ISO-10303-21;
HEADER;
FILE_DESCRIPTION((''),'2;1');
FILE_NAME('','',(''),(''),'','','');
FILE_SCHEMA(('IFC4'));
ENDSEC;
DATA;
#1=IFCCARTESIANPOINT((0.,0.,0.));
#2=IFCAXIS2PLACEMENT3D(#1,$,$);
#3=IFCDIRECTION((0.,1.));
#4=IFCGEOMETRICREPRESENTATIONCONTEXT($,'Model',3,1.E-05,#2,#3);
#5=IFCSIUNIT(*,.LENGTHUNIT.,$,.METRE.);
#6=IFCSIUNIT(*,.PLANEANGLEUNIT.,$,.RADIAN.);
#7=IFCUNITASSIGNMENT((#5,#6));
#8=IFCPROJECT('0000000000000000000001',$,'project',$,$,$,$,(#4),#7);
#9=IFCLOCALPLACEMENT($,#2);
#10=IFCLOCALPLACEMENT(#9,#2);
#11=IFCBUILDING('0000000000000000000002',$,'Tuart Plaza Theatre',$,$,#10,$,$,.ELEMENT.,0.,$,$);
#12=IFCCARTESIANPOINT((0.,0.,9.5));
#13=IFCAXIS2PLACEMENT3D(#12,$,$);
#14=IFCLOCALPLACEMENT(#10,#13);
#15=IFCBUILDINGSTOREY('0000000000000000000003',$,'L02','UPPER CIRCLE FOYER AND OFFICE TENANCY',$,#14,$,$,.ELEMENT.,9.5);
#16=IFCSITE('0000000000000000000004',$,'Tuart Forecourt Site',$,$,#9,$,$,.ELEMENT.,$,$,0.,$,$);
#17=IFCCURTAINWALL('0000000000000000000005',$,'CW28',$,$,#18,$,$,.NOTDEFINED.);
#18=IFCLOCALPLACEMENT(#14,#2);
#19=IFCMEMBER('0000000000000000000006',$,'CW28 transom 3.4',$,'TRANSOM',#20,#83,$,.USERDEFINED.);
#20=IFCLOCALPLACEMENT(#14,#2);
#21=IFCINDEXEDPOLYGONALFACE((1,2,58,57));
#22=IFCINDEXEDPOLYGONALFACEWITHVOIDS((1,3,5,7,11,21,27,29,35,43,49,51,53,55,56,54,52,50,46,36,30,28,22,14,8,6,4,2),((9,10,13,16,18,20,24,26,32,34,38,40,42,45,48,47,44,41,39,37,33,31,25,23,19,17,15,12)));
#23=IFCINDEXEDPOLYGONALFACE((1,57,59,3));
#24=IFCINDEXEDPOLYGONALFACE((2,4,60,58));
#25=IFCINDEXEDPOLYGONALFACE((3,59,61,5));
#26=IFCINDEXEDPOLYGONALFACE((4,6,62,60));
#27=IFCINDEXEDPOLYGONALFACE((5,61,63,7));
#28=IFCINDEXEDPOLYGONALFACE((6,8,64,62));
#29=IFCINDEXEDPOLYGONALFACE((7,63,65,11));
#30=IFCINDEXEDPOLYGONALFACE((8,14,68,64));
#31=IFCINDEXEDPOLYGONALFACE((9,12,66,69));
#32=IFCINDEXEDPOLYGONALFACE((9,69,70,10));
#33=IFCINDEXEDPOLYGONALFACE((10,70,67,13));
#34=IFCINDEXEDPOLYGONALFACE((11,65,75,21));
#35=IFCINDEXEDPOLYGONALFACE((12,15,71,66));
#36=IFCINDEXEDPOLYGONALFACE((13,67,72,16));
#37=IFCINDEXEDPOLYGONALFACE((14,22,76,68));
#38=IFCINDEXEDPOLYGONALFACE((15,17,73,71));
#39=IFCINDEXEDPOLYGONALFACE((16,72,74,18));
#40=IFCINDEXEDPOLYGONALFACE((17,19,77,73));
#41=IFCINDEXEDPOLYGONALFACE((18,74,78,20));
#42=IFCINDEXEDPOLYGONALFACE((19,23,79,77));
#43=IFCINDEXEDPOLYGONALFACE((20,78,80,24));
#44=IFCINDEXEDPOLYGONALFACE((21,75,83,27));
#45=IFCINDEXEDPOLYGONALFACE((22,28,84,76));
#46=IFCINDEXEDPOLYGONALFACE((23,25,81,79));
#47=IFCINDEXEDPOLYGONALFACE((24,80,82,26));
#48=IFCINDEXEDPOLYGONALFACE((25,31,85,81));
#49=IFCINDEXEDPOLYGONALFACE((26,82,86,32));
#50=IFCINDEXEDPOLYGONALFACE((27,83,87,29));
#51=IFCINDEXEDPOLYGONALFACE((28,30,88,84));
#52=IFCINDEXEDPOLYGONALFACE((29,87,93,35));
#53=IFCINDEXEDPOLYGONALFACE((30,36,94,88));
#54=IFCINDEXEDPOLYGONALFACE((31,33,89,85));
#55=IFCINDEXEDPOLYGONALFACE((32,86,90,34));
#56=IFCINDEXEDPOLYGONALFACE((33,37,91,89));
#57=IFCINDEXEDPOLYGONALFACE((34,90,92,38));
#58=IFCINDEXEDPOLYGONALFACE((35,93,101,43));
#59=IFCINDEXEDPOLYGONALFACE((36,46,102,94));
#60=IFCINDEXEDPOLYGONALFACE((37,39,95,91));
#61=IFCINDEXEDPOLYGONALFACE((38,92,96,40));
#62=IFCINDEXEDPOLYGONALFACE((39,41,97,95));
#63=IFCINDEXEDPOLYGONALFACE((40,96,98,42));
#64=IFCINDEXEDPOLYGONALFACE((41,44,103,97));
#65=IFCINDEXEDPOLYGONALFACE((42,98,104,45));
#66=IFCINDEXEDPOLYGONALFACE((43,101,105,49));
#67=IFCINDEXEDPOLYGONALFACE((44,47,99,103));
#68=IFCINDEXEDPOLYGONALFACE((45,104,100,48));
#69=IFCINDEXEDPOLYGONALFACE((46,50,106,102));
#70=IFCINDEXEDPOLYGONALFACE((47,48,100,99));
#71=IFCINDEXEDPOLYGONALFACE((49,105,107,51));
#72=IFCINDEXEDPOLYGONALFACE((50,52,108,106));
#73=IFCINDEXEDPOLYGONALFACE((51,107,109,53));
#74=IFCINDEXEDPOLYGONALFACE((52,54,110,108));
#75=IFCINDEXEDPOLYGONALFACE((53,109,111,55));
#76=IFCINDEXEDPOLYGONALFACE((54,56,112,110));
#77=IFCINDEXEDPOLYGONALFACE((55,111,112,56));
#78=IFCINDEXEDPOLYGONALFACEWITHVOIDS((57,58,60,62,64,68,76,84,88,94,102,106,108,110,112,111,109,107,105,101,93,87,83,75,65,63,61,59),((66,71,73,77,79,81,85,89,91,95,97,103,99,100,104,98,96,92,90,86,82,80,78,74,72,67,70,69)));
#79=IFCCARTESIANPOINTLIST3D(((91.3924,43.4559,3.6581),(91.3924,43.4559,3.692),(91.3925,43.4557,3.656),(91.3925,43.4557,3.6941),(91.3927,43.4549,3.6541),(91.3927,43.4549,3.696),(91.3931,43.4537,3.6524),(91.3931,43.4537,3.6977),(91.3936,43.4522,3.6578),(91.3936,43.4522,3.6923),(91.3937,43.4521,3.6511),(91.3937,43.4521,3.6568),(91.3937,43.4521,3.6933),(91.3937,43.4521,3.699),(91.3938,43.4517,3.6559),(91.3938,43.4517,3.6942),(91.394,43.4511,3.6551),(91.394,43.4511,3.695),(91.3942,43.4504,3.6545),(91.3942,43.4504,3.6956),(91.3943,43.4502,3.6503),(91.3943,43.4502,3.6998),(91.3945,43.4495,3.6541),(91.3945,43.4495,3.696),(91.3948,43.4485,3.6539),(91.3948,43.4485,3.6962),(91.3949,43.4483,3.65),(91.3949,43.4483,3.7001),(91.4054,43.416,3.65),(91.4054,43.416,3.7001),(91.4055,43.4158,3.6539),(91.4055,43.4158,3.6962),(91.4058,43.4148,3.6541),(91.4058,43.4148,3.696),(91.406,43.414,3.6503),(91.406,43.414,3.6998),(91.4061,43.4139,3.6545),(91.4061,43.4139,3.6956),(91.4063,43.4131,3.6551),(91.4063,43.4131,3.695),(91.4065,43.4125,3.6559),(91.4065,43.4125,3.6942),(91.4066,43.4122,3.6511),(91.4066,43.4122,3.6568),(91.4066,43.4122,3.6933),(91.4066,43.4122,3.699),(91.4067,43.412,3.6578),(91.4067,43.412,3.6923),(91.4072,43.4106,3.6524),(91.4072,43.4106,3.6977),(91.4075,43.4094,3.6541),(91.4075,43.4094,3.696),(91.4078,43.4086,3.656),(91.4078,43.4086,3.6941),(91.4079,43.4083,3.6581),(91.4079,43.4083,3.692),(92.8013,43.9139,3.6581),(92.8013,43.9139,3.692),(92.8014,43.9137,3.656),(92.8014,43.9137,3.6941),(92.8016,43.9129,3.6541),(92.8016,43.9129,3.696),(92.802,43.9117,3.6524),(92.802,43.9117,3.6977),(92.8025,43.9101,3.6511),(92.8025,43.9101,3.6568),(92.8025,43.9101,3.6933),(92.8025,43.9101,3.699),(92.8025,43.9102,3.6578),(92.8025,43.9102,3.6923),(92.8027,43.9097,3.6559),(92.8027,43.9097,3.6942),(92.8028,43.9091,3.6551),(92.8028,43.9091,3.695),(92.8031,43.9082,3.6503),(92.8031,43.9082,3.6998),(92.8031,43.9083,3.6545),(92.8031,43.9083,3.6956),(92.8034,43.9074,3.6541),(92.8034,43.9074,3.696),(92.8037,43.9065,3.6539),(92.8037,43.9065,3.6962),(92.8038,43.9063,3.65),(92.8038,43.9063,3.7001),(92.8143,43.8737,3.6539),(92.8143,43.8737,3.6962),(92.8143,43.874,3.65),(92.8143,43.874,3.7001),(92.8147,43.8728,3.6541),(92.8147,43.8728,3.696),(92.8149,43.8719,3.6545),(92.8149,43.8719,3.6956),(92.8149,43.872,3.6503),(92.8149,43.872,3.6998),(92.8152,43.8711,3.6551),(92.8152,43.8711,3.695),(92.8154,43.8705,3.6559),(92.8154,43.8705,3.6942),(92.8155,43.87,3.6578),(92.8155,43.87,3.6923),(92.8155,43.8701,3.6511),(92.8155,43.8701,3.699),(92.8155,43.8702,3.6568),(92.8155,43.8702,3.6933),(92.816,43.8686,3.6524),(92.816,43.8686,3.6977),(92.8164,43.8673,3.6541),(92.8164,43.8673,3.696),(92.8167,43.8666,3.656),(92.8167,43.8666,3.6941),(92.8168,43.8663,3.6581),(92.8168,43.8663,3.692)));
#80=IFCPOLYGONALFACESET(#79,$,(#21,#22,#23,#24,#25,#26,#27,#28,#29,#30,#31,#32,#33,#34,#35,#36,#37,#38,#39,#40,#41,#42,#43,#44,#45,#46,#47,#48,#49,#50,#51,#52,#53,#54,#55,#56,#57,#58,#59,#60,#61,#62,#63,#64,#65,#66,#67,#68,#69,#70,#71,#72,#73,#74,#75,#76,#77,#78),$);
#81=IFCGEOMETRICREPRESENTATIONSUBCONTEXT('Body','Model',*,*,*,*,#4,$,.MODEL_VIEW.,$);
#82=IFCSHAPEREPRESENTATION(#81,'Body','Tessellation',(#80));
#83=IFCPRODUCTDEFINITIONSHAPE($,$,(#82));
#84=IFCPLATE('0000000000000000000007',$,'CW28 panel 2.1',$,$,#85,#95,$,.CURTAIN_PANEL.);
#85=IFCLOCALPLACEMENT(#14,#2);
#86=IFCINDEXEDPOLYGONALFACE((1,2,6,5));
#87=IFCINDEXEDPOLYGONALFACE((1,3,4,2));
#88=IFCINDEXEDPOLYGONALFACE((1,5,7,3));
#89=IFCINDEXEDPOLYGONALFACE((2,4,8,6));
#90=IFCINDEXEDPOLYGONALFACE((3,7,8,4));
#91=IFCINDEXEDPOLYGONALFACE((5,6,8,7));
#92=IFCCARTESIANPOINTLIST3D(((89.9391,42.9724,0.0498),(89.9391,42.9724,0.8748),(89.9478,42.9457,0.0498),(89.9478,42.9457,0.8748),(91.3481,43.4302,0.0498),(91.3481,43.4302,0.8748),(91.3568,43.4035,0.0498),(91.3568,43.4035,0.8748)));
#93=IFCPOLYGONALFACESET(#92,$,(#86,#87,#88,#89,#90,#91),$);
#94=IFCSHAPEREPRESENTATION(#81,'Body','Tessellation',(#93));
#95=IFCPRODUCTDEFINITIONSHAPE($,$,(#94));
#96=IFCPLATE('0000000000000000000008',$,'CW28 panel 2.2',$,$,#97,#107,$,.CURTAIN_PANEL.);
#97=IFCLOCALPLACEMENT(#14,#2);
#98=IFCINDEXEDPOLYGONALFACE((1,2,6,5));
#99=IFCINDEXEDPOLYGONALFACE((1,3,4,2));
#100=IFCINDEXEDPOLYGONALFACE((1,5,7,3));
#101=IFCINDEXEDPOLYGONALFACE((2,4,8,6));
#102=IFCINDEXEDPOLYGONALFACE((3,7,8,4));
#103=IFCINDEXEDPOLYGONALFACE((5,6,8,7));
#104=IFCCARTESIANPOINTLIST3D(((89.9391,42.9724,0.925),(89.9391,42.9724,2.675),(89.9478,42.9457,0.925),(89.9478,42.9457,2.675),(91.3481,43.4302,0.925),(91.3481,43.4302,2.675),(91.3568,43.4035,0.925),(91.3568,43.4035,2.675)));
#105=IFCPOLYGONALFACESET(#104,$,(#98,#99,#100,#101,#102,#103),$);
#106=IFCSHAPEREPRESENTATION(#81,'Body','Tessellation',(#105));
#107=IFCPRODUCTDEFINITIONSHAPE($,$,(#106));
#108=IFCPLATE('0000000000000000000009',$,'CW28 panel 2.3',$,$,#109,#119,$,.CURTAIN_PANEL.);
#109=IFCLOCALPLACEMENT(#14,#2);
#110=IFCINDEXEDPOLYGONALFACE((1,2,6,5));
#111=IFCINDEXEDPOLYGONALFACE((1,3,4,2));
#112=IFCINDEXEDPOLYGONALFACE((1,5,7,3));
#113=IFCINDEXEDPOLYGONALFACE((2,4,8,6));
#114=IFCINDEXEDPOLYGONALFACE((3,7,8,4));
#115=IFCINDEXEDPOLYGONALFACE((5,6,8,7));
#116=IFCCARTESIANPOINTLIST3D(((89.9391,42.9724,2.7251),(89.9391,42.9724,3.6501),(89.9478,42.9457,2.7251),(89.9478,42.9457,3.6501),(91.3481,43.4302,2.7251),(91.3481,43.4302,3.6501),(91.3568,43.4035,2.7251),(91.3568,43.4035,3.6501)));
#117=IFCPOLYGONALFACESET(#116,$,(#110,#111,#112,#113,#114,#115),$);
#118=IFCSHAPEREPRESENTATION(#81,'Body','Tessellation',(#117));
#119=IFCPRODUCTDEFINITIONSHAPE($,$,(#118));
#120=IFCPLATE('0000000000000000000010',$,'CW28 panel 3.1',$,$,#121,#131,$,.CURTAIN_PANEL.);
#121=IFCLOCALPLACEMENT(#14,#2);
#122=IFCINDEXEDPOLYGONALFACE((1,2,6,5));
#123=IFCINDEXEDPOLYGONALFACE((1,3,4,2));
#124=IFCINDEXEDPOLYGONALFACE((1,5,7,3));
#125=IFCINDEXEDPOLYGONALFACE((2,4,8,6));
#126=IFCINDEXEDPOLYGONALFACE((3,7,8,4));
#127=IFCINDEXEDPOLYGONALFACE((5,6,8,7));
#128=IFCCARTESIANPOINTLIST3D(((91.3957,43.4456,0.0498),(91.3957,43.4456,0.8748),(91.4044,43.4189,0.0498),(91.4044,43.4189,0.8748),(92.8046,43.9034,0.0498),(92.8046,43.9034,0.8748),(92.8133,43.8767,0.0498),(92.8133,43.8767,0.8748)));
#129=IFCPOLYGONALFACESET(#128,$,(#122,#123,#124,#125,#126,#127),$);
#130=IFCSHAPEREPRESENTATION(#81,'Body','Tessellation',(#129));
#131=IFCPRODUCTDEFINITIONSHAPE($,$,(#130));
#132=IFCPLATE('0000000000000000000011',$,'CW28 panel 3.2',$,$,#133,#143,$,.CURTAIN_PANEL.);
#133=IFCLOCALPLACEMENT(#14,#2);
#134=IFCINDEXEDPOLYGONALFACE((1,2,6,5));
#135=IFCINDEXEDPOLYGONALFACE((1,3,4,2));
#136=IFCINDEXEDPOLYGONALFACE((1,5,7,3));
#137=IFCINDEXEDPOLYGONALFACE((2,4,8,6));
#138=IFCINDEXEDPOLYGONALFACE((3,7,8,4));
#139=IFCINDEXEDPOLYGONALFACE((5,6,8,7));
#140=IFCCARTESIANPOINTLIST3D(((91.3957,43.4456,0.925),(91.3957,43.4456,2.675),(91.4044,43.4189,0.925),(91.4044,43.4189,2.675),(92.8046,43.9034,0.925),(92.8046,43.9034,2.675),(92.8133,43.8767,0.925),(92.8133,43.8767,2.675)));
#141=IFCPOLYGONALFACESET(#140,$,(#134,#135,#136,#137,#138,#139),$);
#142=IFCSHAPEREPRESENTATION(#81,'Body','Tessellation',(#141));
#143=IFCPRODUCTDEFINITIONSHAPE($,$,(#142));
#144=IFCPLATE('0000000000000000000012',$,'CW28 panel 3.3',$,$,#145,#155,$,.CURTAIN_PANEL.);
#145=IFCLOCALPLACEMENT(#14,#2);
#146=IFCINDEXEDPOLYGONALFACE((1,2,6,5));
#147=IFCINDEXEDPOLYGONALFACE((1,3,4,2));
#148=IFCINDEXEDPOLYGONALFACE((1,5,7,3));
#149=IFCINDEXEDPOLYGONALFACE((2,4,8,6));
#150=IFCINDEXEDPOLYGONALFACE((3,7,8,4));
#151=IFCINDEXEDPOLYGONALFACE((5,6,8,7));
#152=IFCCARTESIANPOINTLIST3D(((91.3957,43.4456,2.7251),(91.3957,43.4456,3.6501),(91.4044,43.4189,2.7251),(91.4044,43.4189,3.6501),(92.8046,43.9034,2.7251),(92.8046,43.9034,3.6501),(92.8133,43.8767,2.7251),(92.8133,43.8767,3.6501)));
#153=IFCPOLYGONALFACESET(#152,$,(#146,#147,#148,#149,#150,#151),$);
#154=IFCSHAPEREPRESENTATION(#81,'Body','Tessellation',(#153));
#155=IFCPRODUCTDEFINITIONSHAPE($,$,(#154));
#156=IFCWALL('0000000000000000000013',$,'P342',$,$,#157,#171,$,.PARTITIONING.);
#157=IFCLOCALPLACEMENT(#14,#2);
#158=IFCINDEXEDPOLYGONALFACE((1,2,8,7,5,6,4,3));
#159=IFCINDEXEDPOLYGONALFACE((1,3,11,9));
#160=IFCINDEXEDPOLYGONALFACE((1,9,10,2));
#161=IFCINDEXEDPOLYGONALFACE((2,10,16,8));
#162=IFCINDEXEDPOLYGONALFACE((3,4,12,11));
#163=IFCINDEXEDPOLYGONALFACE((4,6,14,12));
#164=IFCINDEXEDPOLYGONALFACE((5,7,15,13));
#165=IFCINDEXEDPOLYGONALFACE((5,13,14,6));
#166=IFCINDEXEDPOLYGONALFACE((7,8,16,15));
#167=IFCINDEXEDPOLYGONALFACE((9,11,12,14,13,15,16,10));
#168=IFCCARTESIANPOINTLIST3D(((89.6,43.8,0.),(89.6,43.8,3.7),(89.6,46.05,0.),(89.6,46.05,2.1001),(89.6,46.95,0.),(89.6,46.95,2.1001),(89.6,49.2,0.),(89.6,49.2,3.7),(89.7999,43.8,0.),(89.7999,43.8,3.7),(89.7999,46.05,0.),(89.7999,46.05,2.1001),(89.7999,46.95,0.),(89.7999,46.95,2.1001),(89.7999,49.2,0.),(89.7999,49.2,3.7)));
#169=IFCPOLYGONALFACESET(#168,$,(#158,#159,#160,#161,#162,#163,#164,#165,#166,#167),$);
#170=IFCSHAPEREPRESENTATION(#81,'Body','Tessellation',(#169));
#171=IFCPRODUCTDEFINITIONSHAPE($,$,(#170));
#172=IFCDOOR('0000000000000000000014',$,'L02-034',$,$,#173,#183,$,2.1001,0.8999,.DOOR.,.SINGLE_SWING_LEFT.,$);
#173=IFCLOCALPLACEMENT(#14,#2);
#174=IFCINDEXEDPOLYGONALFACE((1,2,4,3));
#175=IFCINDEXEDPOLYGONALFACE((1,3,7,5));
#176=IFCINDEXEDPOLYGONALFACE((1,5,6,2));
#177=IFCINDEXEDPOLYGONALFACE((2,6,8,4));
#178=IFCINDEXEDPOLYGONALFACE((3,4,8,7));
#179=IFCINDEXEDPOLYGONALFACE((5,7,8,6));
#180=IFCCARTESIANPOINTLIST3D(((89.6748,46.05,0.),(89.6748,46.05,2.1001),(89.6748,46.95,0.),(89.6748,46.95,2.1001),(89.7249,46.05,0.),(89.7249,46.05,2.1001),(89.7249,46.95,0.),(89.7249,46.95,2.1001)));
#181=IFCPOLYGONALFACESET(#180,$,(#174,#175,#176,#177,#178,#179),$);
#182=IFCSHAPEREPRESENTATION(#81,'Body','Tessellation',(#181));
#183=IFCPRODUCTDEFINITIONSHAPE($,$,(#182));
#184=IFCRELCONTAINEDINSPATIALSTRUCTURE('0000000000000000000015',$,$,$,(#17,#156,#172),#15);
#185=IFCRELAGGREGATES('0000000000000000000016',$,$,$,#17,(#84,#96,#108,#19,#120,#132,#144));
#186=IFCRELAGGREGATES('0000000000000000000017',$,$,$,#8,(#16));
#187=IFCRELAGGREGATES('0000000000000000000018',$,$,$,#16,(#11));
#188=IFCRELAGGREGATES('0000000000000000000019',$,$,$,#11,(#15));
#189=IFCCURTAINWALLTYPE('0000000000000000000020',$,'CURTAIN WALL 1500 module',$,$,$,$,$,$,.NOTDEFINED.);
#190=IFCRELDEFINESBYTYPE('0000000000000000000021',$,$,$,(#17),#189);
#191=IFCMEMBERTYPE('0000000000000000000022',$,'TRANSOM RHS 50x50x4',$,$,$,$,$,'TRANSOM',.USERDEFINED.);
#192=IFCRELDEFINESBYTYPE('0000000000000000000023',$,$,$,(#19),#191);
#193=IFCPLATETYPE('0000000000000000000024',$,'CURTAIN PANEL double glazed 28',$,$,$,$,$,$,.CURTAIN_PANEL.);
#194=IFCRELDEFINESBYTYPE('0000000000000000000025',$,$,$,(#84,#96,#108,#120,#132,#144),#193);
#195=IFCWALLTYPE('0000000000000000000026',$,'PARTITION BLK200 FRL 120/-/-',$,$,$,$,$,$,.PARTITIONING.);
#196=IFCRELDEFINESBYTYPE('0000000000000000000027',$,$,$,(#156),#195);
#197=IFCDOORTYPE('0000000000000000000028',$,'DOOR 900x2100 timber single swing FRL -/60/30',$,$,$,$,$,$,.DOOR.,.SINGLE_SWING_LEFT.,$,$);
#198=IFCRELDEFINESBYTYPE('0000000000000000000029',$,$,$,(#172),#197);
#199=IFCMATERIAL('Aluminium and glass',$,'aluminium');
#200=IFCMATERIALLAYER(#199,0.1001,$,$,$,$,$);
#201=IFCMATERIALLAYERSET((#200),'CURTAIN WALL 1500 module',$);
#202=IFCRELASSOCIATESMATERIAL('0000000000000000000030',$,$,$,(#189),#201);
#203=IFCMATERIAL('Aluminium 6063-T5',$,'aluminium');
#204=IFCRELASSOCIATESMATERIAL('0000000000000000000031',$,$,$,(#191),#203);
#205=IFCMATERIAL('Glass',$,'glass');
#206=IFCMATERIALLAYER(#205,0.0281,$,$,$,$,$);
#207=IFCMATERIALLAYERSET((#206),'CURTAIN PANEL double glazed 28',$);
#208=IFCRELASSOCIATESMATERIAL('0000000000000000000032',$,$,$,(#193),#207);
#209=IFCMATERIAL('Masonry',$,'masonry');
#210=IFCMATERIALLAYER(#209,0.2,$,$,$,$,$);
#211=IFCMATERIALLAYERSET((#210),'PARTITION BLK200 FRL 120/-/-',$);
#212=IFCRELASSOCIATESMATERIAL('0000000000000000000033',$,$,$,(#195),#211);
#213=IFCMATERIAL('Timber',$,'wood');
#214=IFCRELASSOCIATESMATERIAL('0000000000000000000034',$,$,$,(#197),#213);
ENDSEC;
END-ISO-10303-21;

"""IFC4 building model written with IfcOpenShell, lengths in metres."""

from ifc_helpers import new_model, si_unit, direction, frame, frame_2d, origin, origin_2d, place, context, subcontext, project, spatial, rectangle, hollow_rectangle, extrude, material, layer, layer_set, material_profile, profile_set, type_object, element, fill, aggregate, save


model = new_model("IFC4")

# Units and contexts
model_context = context("Model", 3, precision=1e-05, world=origin(), true_north=direction((0.0, 1.0)))
body_context = subcontext(model_context, "Body", "Model", "MODEL_VIEW")
ifc_project = project(units=[si_unit("LENGTHUNIT", "METRE"), si_unit("PLANEANGLEUNIT", "RADIAN")], contexts=[model_context])

# Site, building, storey
site_placement = place(None, origin())
site = spatial("IfcSite", under=ifc_project, at=site_placement, Name="Tuart Forecourt Site", CompositionType="ELEMENT", RefElevation=0.0)
building_placement = place(site_placement, origin())
building = spatial("IfcBuilding", under=site, at=building_placement, Name="Tuart Plaza Theatre", CompositionType="ELEMENT", ElevationOfRefHeight=0.0)
storey_placement = place(building_placement, frame((0.0, 0.0, 9.5)))
storey = spatial("IfcBuildingStorey", under=building, at=storey_placement, Name="L02", Description="UPPER CIRCLE FOYER AND OFFICE TENANCY", CompositionType="ELEMENT", Elevation=9.5)

# Curtain wall, member, plates
ifc_material_1 = material(Name="Aluminium and glass", Category="aluminium")
ifc_layer_1 = layer(ifc_material_1, 0.1001)
ifc_layer_set_1 = layer_set([ifc_layer_1], Name="CURTAIN WALL 1500 module")
curtain_wall_type = type_object("IfcCurtainWallType", Name="CURTAIN WALL 1500 module", PredefinedType="NOTDEFINED", material=ifc_layer_set_1)
curtain_wall_placement = place(storey_placement, origin())
curtain_wall = element("IfcCurtainWall", 1, at=curtain_wall_placement, inside=storey, type_object=curtain_wall_type, Name="CW28", PredefinedType="NOTDEFINED")
ifc_material_2 = material(Name="Aluminium 6063-T5", Category="aluminium")
ifc_material_profile_1 = material_profile(ifc_material_2, hollow_rectangle(XDim=0.05, YDim=0.05, WallThickness=0.0039, InnerFilletRadius=0.0039, OuterFilletRadius=0.0081, at=origin_2d()), Name="RHS 50x50x4")
ifc_profile_set_1 = profile_set([ifc_material_profile_1], Name="Aluminium 6063-T5")
member_type_1 = type_object("IfcMemberType", Name="TRANSOM RHS 50x50x4", ElementType="TRANSOM", PredefinedType="USERDEFINED", material=ifc_profile_set_1)
member_1_placement = place(storey_placement, frame((91.4001, 43.4321, 3.675), z_axis=(0.951013, 0.309149, 0.0), x_axis=(-0.309149, 0.951013, 0.0)))
member_1 = element("IfcMember", 2, at=member_1_placement, type_object=member_type_1, Name="CW28 transom 3.4", ObjectType="TRANSOM", PredefinedType="USERDEFINED", context=body_context, shape_type="SweptSolid", body=[
    extrude(hollow_rectangle(XDim=0.05, YDim=0.05, WallThickness=0.0039, InnerFilletRadius=0.0039, OuterFilletRadius=0.0081, at=origin_2d()), origin(), (0.0, 0.0, 1.0), 1.4814),
])
ifc_material_3 = material(Name="Glass", Category="glass")
ifc_layer_2 = layer(ifc_material_3, 0.0281)
ifc_layer_set_2 = layer_set([ifc_layer_2], Name="CURTAIN PANEL double glazed 28")
plate_type = type_object("IfcPlateType", Name="CURTAIN PANEL double glazed 28", PredefinedType="CURTAIN_PANEL", material=ifc_layer_set_2)
plate_1_placement = place(storey_placement, frame((90.6479, 43.188, 0.0498), z_axis=(0.0, 0.0, 1.0), x_axis=(0.951056, 0.309018, 0.0)))
plate_1 = element("IfcPlate", 3, at=plate_1_placement, type_object=plate_type, Name="CW28 panel 2.1", PredefinedType="CURTAIN_PANEL", context=body_context, shape_type="SweptSolid", body=[
    extrude(rectangle(XDim=1.4814, YDim=0.0281, at=origin_2d()), origin(), (0.0, 0.0, 1.0), 0.825),
])
plate_2_placement = place(storey_placement, frame((90.6479, 43.188, 0.925), z_axis=(0.0, 0.0, 1.0), x_axis=(0.951056, 0.309018, 0.0)))
plate_2 = element("IfcPlate", 4, at=plate_2_placement, type_object=plate_type, Name="CW28 panel 2.2", PredefinedType="CURTAIN_PANEL", context=body_context, shape_type="SweptSolid", body=[
    extrude(rectangle(XDim=1.4814, YDim=0.0281, at=origin_2d()), origin(), (0.0, 0.0, 1.0), 1.75),
])
plate_3_placement = place(storey_placement, frame((90.6479, 43.188, 2.7251), z_axis=(0.0, 0.0, 1.0), x_axis=(0.951056, 0.309018, 0.0)))
plate_3 = element("IfcPlate", 5, at=plate_3_placement, type_object=plate_type, Name="CW28 panel 2.3", PredefinedType="CURTAIN_PANEL", context=body_context, shape_type="SweptSolid", body=[
    extrude(rectangle(XDim=1.4814, YDim=0.0281, at=origin_2d()), origin(), (0.0, 0.0, 1.0), 0.925),
])
plate_4_placement = place(storey_placement, frame((92.1045, 43.6611, 0.0498), z_axis=(0.0, 0.0, 1.0), x_axis=(0.951056, 0.309018, 0.0)))
plate_4 = element("IfcPlate", 6, at=plate_4_placement, type_object=plate_type, Name="CW28 panel 3.1", PredefinedType="CURTAIN_PANEL", context=body_context, shape_type="SweptSolid", body=[
    extrude(rectangle(XDim=1.4814, YDim=0.0281, at=origin_2d()), origin(), (0.0, 0.0, 1.0), 0.825),
])
plate_5_placement = place(storey_placement, frame((92.1045, 43.6611, 0.925), z_axis=(0.0, 0.0, 1.0), x_axis=(0.951056, 0.309018, 0.0)))
plate_5 = element("IfcPlate", 7, at=plate_5_placement, type_object=plate_type, Name="CW28 panel 3.2", PredefinedType="CURTAIN_PANEL", context=body_context, shape_type="SweptSolid", body=[
    extrude(rectangle(XDim=1.4814, YDim=0.0281, at=origin_2d()), origin(), (0.0, 0.0, 1.0), 1.75),
])
plate_6_placement = place(storey_placement, frame((92.1045, 43.6611, 2.7251), z_axis=(0.0, 0.0, 1.0), x_axis=(0.951056, 0.309018, 0.0)))
plate_6 = element("IfcPlate", 8, at=plate_6_placement, type_object=plate_type, Name="CW28 panel 3.3", PredefinedType="CURTAIN_PANEL", context=body_context, shape_type="SweptSolid", body=[
    extrude(rectangle(XDim=1.4814, YDim=0.0281, at=origin_2d()), origin(), (0.0, 0.0, 1.0), 0.925),
])
aggregate(curtain_wall, [plate_1, plate_2, plate_3, member_1, plate_4, plate_5, plate_6])

# Wall, opening, door
ifc_material_4 = material(Name="Masonry", Category="masonry")
ifc_layer_3 = layer(ifc_material_4, 0.2)
ifc_layer_set_3 = layer_set([ifc_layer_3], Name="PARTITION BLK200 FRL 120/-/-")
wall_type = type_object("IfcWallType", Name="PARTITION BLK200 FRL 120/-/-", PredefinedType="PARTITIONING", material=ifc_layer_set_3)
wall_1_placement = place(storey_placement, frame((89.7, 43.8, 0.0), z_axis=(0.0, 0.0, 1.0), x_axis=(0.0, 1.0, 0.0)))
wall_1 = element("IfcWall", 9, at=wall_1_placement, inside=storey, type_object=wall_type, Name="P342", PredefinedType="PARTITIONING", context=body_context, shape_type="SweptSolid", body=[
    extrude(rectangle(XDim=5.3999, YDim=0.2, at=frame_2d((2.7, 0.0))), origin(), (0.0, 0.0, 1.0), 3.7),
])
opening_placement = place(wall_1_placement, frame((2.25, 0.0, 0.0)))
opening = element("IfcOpeningElement", 10, at=opening_placement, cuts=wall_1, PredefinedType="OPENING", context=body_context, shape_type="SweptSolid", body=[
    extrude(rectangle(XDim=0.8999, YDim=2.1001, at=frame_2d((0.45, 1.05))), frame((0.0, 0.1099, 0.0), z_axis=(0.0, -1.0, 0.0), x_axis=(1.0, 0.0, 0.0)), (0.0, 0.0, 1.0), 0.22),
])
ifc_material_5 = material(Name="Timber", Category="wood")
door_type = type_object("IfcDoorType", Name="DOOR 900x2100 timber single swing FRL -/60/30", OperationType="SINGLE_SWING_LEFT", PredefinedType="DOOR", material=ifc_material_5)
door_placement = place(opening_placement, frame((0.8999, 0.0, 0.0), z_axis=(0.0, 0.0, 1.0), x_axis=(-1.0, 0.0, 0.0)))
door = element("IfcDoor", 11, at=door_placement, inside=storey, type_object=door_type, Name="L02-034", OperationType="SINGLE_SWING_LEFT", OverallHeight=2.1001, OverallWidth=0.8999, PredefinedType="DOOR", context=body_context, shape_type="SweptSolid", body=[
    extrude(rectangle(XDim=0.8999, YDim=2.1001, at=frame_2d((0.45, 1.05))), frame((0.0, 0.0249, 0.0), z_axis=(0.0, -1.0, 0.0), x_axis=(1.0, 0.0, 0.0)), (0.0, 0.0, 1.0), 0.05),
])
fill(opening, door)

save(model, "model.ifc")
